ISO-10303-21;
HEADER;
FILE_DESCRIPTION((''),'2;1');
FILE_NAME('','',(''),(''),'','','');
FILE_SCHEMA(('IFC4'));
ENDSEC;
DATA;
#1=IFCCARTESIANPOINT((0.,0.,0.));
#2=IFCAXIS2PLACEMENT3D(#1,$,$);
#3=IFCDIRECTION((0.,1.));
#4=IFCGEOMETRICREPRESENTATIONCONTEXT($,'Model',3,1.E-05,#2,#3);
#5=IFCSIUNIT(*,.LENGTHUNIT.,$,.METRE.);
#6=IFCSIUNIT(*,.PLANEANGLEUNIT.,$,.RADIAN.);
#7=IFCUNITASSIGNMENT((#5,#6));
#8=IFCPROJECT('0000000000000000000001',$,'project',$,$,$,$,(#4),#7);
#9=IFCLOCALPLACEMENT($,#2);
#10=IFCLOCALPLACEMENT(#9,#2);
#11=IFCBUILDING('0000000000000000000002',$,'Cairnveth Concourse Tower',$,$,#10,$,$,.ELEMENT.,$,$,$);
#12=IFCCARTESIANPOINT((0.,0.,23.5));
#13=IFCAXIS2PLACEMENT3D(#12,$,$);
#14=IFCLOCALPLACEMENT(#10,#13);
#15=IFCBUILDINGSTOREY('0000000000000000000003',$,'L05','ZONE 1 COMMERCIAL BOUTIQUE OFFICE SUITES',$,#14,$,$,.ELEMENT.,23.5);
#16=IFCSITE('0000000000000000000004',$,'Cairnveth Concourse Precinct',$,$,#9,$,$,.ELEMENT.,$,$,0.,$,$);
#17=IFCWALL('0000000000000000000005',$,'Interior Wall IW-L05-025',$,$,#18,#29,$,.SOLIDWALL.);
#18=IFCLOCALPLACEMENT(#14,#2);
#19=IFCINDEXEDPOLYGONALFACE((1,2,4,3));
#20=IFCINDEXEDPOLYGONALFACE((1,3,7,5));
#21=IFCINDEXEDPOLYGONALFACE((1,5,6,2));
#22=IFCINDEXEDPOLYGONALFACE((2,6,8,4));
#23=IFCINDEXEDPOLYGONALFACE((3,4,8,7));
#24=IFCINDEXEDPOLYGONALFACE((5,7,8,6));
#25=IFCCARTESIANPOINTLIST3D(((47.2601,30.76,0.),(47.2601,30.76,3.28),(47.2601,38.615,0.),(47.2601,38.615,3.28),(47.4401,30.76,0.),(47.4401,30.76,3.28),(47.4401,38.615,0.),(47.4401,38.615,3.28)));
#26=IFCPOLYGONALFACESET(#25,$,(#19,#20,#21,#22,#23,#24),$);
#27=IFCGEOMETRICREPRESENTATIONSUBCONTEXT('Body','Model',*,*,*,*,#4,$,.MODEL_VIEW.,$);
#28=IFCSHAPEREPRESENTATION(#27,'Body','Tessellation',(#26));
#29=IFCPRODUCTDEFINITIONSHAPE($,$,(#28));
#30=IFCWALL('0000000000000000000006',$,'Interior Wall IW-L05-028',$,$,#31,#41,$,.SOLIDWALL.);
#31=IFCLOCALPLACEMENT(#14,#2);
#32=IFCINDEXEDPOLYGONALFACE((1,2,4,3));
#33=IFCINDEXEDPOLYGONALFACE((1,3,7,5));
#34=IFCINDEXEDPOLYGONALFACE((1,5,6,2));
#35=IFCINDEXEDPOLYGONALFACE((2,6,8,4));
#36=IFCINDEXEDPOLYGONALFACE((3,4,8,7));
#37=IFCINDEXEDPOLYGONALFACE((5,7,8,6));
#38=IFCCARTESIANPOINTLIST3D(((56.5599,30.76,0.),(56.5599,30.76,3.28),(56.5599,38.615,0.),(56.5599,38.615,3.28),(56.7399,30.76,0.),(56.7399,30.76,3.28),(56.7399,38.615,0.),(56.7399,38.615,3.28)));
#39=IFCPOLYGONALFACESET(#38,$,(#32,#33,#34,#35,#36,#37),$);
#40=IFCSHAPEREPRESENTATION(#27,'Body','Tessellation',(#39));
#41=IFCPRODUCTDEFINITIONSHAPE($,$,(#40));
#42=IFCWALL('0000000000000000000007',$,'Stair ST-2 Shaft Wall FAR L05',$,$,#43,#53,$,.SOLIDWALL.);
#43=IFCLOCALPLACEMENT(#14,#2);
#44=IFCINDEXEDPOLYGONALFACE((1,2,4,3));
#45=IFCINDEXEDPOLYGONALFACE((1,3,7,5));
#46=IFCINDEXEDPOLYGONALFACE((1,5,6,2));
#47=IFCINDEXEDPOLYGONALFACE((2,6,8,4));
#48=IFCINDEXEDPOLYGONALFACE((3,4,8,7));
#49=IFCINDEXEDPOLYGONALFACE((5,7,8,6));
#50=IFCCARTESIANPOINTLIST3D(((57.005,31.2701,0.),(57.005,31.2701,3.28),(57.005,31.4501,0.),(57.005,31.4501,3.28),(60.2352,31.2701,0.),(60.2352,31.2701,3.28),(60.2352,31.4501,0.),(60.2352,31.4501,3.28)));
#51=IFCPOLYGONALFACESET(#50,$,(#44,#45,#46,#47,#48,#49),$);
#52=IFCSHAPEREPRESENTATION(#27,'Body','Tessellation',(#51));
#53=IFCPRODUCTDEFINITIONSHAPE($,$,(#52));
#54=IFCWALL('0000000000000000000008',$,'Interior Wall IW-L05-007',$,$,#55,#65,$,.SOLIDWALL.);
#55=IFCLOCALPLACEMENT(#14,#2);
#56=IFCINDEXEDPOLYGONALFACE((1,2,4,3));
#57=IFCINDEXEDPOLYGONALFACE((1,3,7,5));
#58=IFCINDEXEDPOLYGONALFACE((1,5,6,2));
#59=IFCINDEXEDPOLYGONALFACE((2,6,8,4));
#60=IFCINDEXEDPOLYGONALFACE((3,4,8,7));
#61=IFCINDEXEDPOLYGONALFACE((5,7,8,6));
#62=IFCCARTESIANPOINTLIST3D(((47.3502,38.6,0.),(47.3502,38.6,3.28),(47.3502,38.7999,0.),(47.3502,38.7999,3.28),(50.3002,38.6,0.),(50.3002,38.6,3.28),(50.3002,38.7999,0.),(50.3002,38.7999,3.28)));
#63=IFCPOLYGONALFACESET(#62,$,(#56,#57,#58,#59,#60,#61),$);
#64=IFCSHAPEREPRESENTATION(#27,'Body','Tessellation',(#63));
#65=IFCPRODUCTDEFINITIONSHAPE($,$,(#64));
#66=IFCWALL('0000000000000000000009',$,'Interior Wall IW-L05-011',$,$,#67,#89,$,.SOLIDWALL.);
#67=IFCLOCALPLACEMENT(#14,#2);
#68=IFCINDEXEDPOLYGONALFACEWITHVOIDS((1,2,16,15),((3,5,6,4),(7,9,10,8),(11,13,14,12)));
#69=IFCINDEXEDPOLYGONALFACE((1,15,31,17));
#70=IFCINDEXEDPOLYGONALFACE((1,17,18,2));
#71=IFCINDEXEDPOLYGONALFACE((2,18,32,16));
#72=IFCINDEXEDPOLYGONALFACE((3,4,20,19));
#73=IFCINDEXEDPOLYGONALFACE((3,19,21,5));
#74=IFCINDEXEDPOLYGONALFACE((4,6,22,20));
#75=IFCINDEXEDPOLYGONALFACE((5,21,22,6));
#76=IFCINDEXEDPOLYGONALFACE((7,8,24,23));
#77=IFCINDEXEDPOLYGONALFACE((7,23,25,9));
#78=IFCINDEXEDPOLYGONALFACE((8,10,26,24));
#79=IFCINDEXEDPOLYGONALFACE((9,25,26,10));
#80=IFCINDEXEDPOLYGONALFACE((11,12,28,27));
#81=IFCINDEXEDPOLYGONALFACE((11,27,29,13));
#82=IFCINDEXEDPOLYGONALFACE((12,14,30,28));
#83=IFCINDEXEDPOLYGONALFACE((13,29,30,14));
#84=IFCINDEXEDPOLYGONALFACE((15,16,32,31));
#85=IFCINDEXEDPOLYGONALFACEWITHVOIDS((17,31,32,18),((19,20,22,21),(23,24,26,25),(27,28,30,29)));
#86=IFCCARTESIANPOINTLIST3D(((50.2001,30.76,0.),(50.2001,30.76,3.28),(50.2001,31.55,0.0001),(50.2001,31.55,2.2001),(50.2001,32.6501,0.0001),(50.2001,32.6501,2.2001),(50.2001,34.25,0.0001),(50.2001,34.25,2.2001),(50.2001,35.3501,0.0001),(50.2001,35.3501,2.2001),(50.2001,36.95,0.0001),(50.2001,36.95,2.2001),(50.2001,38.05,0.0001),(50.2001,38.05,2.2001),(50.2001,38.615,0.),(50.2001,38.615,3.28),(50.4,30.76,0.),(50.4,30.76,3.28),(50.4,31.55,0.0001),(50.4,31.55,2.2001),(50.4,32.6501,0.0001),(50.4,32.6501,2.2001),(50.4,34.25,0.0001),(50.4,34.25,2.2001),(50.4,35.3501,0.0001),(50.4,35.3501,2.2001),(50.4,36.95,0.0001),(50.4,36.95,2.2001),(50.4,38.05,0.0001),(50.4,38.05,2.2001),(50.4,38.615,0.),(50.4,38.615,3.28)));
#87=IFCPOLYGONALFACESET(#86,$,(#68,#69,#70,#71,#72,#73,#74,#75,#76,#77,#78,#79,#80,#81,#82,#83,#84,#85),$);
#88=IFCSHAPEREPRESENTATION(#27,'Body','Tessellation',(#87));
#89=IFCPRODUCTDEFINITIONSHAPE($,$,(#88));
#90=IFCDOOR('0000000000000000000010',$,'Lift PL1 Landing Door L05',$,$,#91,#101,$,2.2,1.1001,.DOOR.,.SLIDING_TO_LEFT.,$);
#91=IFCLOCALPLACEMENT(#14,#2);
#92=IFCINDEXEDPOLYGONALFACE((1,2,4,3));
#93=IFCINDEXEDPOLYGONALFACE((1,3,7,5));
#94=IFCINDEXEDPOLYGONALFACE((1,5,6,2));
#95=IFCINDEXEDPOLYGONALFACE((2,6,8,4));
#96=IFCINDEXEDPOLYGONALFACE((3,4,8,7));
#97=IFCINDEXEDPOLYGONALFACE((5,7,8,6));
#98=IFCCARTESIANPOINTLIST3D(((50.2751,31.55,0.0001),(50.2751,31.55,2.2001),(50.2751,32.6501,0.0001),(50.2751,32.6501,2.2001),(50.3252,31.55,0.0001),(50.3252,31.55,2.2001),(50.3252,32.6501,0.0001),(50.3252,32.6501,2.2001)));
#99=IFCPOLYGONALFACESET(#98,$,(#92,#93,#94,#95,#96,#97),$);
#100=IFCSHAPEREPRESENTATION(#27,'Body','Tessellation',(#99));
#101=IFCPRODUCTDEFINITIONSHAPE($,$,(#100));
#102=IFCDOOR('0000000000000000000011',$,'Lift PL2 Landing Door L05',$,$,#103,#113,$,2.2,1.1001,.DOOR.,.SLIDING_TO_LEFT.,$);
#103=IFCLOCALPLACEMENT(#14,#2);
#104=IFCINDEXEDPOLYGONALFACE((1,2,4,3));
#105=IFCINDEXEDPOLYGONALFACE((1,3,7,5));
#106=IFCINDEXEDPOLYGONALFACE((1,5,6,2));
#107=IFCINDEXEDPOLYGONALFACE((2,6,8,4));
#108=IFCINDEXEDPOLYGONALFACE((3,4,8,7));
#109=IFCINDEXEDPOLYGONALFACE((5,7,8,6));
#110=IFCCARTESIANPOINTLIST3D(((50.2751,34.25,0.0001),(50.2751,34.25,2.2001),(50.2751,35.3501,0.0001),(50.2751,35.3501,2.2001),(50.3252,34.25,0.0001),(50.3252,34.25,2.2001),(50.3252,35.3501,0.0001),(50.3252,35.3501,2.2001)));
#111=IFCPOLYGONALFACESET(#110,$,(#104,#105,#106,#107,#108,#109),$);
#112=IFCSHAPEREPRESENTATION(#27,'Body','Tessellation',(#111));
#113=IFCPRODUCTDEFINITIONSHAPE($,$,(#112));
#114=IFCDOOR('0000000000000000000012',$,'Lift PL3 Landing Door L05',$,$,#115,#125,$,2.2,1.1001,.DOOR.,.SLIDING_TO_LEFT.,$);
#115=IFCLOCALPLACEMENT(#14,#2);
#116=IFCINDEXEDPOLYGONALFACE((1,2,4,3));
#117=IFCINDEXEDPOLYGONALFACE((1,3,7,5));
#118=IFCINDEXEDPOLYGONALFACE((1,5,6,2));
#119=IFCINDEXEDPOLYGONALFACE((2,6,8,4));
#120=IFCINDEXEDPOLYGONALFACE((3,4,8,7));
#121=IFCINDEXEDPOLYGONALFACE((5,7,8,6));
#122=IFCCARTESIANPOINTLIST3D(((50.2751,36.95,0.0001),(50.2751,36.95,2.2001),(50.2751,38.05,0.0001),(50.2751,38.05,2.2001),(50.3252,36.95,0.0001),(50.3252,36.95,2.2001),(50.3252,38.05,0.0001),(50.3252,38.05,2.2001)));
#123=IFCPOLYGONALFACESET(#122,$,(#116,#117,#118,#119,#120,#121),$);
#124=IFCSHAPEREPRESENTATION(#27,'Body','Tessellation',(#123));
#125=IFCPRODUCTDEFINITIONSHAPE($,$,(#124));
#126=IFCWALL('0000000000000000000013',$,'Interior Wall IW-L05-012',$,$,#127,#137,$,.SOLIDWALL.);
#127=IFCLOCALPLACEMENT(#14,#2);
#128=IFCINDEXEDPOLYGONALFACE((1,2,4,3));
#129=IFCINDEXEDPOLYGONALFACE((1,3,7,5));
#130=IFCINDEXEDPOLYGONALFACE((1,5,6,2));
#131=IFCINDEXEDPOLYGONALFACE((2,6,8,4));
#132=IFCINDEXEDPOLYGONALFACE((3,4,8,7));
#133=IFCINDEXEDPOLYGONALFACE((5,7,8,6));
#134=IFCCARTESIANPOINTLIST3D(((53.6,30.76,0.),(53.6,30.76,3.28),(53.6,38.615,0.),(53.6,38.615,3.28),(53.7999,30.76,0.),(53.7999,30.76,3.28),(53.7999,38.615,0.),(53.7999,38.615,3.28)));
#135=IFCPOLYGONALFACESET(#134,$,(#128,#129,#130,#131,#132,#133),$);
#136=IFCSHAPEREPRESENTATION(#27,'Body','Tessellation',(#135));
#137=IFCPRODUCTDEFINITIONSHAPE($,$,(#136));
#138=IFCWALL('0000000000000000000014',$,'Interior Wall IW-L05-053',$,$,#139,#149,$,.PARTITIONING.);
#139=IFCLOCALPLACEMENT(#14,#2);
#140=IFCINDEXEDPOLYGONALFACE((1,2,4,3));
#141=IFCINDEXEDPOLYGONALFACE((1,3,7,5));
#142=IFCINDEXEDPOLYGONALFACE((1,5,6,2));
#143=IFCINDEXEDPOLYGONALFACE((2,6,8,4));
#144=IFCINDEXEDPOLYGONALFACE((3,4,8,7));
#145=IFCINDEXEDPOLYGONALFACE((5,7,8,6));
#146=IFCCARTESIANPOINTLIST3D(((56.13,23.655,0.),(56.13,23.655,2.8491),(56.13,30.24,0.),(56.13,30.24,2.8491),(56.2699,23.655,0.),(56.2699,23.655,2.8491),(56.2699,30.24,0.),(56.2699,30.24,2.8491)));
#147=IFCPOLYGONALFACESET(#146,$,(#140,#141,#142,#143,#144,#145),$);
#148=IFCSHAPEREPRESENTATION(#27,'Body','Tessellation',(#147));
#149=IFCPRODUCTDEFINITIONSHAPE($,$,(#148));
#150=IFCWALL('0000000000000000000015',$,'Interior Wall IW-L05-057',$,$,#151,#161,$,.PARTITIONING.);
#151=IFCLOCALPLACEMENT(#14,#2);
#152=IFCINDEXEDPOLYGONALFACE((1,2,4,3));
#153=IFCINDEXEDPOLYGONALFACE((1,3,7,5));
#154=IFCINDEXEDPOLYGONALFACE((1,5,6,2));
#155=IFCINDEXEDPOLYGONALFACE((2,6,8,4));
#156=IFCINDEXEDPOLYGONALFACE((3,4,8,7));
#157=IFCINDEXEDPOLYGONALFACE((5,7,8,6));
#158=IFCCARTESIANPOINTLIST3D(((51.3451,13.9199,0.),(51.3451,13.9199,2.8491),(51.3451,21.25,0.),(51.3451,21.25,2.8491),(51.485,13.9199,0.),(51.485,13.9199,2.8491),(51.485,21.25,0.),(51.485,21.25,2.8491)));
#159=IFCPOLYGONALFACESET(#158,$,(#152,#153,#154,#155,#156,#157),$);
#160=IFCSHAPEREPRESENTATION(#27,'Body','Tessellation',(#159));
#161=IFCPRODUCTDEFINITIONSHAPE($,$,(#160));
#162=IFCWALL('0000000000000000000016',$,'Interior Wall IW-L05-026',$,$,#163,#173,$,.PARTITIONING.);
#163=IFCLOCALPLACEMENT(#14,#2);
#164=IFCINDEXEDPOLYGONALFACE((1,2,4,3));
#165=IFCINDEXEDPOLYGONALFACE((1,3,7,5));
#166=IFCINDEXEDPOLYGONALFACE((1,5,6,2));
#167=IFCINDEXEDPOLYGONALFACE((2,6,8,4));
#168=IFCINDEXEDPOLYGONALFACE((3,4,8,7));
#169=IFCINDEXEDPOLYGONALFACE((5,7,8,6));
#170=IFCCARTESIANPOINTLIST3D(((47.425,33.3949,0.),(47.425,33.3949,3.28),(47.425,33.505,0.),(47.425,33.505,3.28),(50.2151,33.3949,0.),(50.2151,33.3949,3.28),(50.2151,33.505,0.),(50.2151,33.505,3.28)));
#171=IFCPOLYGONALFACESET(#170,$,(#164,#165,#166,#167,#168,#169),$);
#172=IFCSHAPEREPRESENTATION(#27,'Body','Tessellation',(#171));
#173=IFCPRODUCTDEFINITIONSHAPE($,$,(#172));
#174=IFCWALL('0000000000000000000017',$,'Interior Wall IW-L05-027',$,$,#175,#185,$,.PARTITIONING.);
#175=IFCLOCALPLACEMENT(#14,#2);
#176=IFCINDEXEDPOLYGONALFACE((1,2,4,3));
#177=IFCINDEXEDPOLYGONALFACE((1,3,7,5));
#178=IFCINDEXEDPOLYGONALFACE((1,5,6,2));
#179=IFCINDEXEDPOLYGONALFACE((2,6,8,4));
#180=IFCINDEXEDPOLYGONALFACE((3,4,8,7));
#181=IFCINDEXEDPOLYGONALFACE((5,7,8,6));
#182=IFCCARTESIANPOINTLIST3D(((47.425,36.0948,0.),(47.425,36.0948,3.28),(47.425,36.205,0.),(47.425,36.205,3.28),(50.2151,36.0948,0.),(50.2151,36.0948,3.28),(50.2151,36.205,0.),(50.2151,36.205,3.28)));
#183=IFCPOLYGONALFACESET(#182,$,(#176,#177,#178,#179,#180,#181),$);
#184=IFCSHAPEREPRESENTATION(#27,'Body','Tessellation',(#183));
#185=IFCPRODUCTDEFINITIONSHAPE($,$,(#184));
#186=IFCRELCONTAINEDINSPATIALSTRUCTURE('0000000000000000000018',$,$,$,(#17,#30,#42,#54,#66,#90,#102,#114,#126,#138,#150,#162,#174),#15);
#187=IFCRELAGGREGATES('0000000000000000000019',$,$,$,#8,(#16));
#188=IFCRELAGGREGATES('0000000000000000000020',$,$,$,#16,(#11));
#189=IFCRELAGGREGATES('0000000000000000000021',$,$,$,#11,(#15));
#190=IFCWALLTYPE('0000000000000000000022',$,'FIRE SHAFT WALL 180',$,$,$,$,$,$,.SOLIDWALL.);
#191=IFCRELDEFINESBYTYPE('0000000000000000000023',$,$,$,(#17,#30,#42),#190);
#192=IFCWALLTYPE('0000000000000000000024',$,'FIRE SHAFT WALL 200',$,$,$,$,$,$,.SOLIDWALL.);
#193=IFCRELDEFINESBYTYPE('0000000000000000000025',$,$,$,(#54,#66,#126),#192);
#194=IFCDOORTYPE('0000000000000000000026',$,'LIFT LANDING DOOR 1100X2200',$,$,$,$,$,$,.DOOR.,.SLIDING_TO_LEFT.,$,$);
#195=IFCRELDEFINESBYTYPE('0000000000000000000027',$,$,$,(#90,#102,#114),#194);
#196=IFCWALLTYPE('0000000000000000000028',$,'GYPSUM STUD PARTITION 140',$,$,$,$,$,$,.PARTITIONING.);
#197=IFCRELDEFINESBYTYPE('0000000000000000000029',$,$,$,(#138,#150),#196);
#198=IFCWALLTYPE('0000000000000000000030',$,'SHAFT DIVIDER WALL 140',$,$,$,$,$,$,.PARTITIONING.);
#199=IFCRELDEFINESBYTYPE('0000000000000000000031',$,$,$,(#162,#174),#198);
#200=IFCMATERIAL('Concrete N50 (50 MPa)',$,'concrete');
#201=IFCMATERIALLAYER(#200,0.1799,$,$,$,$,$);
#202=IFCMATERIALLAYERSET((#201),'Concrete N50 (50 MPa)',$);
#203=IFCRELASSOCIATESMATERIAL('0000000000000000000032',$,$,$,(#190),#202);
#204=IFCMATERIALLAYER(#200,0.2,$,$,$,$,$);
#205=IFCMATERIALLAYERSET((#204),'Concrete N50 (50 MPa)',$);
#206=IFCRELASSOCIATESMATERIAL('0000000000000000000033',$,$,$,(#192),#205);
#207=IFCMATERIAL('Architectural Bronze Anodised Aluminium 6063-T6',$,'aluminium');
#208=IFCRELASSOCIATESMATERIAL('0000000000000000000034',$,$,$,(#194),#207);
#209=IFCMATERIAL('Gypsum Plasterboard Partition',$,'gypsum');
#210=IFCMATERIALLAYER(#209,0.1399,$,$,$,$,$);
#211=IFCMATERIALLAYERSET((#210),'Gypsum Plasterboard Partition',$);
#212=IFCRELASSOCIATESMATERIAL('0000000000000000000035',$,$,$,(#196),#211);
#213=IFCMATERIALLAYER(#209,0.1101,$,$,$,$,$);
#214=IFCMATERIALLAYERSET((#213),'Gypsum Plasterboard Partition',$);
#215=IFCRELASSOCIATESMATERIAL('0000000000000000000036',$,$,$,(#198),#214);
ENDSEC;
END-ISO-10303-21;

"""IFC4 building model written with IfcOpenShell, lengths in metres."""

from ifc_helpers import new_model, si_unit, direction, frame, frame_2d, origin, place, context, subcontext, project, spatial, rectangle, extrude, material, layer, layer_set, type_object, element, fill, save


model = new_model("IFC4")

# Units and contexts
model_context = context("Model", 3, precision=1e-05, world=origin(), true_north=direction((0.0, 1.0)))
body_context = subcontext(model_context, "Body", "Model", "MODEL_VIEW")
ifc_project = project(units=[si_unit("LENGTHUNIT", "METRE"), si_unit("PLANEANGLEUNIT", "RADIAN")], contexts=[model_context])

# Site, building, storey
site_placement = place(None, origin())
site = spatial("IfcSite", under=ifc_project, at=site_placement, Name="Cairnveth Concourse Precinct", CompositionType="ELEMENT", RefElevation=0.0)
building_placement = place(site_placement, origin())
building = spatial("IfcBuilding", under=site, at=building_placement, Name="Cairnveth Concourse Tower", CompositionType="ELEMENT")
storey_placement = place(building_placement, frame((0.0, 0.0, 23.5)))
storey = spatial("IfcBuildingStorey", under=building, at=storey_placement, Name="L05", Description="ZONE 1 COMMERCIAL BOUTIQUE OFFICE SUITES", CompositionType="ELEMENT", Elevation=23.5)

# Walls
ifc_material_1 = material(Name="Concrete N50 (50 MPa)", Category="concrete")
ifc_layer_1 = layer(ifc_material_1, 0.1799)
ifc_layer_set_1 = layer_set([ifc_layer_1], Name="Concrete N50 (50 MPa)")
wall_type_1 = type_object("IfcWallType", Name="FIRE SHAFT WALL 180", PredefinedType="SOLIDWALL", material=ifc_layer_set_1)
for number, where, z_axis, x_axis, name in (
    (1, (47.3501, 30.76, 0.0), (0.0, 0.0, 1.0), (0.0, 1.0, 0.0), "Interior Wall IW-L05-025"),
    (2, (56.6499, 30.76, 0.0), (0.0, 0.0, 1.0), (0.0, 1.0, 0.0), "Interior Wall IW-L05-028"),
):
    element("IfcWall", number, at=place(storey_placement, frame(where, z_axis=z_axis, x_axis=x_axis)), inside=storey, type_object=wall_type_1, Name=name, PredefinedType="SOLIDWALL", context=body_context, shape_type="SweptSolid", body=[
        extrude(rectangle(XDim=7.855, YDim=0.1799, at=frame_2d((3.9275, 0.0))), origin(), (0.0, 0.0, 1.0), 3.28),
    ])

# Walls
wall_1_placement = place(storey_placement, frame((57.0049, 31.3601, 0.0), z_axis=(0.0, 0.0, 1.0), x_axis=(1.0, 0.0, 0.0)))
element("IfcWall", 3, at=wall_1_placement, inside=storey, type_object=wall_type_1, Name="Stair ST-2 Shaft Wall FAR L05", PredefinedType="SOLIDWALL", context=body_context, shape_type="SweptSolid", body=[
    extrude(rectangle(XDim=3.2302, YDim=0.1799, at=frame_2d((1.6152, 0.0))), origin(), (0.0, 0.0, 1.0), 3.28),
])
ifc_layer_2 = layer(ifc_material_1, 0.2)
ifc_layer_set_2 = layer_set([ifc_layer_2], Name="Concrete N50 (50 MPa)")
wall_type_2 = type_object("IfcWallType", Name="FIRE SHAFT WALL 200", PredefinedType="SOLIDWALL", material=ifc_layer_set_2)
wall_2_placement = place(storey_placement, frame((47.3501, 38.7, 0.0), z_axis=(0.0, 0.0, 1.0), x_axis=(1.0, 0.0, 0.0)))
element("IfcWall", 4, at=wall_2_placement, inside=storey, type_object=wall_type_2, Name="Interior Wall IW-L05-007", PredefinedType="SOLIDWALL", context=body_context, shape_type="SweptSolid", body=[
    extrude(rectangle(XDim=2.95, YDim=0.2, at=frame_2d((1.4751, 0.0))), origin(), (0.0, 0.0, 1.0), 3.28),
])

# Wall, openings, doors
wall_3_placement = place(storey_placement, frame((50.3, 30.76, 0.0), z_axis=(0.0, 0.0, 1.0), x_axis=(0.0, 1.0, 0.0)))
wall_3 = element("IfcWall", 5, at=wall_3_placement, inside=storey, type_object=wall_type_2, Name="Interior Wall IW-L05-011", PredefinedType="SOLIDWALL", context=body_context, shape_type="SweptSolid", body=[
    extrude(rectangle(XDim=7.855, YDim=0.2, at=frame_2d((3.9275, 0.0))), origin(), (0.0, 0.0, 1.0), 3.28),
])
opening_1_placement = place(wall_3_placement, frame((0.79, 0.0, 0.0)))
opening_1 = element("IfcOpeningElement", 6, at=opening_1_placement, cuts=wall_3, PredefinedType="OPENING", context=body_context, shape_type="SweptSolid", body=[
    extrude(rectangle(XDim=1.1001, YDim=2.2, at=frame_2d((0.55, 1.1001))), frame((0.0, 0.1099, 0.0), z_axis=(0.0, -1.0, 0.0), x_axis=(1.0, 0.0, 0.0)), (0.0, 0.0, 1.0), 0.22),
])
opening_2_placement = place(wall_3_placement, frame((3.49, 0.0, 0.0)))
opening_2 = element("IfcOpeningElement", 7, at=opening_2_placement, cuts=wall_3, PredefinedType="OPENING", context=body_context, shape_type="SweptSolid", body=[
    extrude(rectangle(XDim=1.1001, YDim=2.2, at=frame_2d((0.55, 1.1001))), frame((0.0, 0.1099, 0.0), z_axis=(0.0, -1.0, 0.0), x_axis=(1.0, 0.0, 0.0)), (0.0, 0.0, 1.0), 0.22),
])
opening_3_placement = place(wall_3_placement, frame((6.1899, 0.0, 0.0)))
opening_3 = element("IfcOpeningElement", 8, at=opening_3_placement, cuts=wall_3, PredefinedType="OPENING", context=body_context, shape_type="SweptSolid", body=[
    extrude(rectangle(XDim=1.1001, YDim=2.2, at=frame_2d((0.55, 1.1001))), frame((0.0, 0.1099, 0.0), z_axis=(0.0, -1.0, 0.0), x_axis=(1.0, 0.0, 0.0)), (0.0, 0.0, 1.0), 0.22),
])
ifc_material_2 = material(Name="Architectural Bronze Anodised Aluminium 6063-T6", Category="aluminium")
door_type_1 = type_object("IfcDoorType", Name="LIFT LANDING DOOR 1100X2200", OperationType="SLIDING_TO_LEFT", PredefinedType="DOOR", material=ifc_material_2)
door_1_placement = place(opening_1_placement, origin())
door_1 = element("IfcDoor", 9, at=door_1_placement, inside=storey, type_object=door_type_1, Name="Lift PL1 Landing Door L05", OperationType="SLIDING_TO_LEFT", OverallHeight=2.2, OverallWidth=1.1001, PredefinedType="DOOR", context=body_context, shape_type="SweptSolid", body=[
    extrude(rectangle(XDim=1.1001, YDim=2.2, at=frame_2d((0.55, 1.1001))), frame((0.0, 0.0249, 0.0), z_axis=(0.0, -1.0, 0.0), x_axis=(1.0, 0.0, 0.0)), (0.0, 0.0, 1.0), 0.05),
])
fill(opening_1, door_1)
door_2_placement = place(opening_2_placement, origin())
door_2 = element("IfcDoor", 10, at=door_2_placement, inside=storey, type_object=door_type_1, Name="Lift PL2 Landing Door L05", OperationType="SLIDING_TO_LEFT", OverallHeight=2.2, OverallWidth=1.1001, PredefinedType="DOOR", context=body_context, shape_type="SweptSolid", body=[
    extrude(rectangle(XDim=1.1001, YDim=2.2, at=frame_2d((0.55, 1.1001))), frame((0.0, 0.0249, 0.0), z_axis=(0.0, -1.0, 0.0), x_axis=(1.0, 0.0, 0.0)), (0.0, 0.0, 1.0), 0.05),
])
fill(opening_2, door_2)
door_3_placement = place(opening_3_placement, origin())
door_3 = element("IfcDoor", 11, at=door_3_placement, inside=storey, type_object=door_type_1, Name="Lift PL3 Landing Door L05", OperationType="SLIDING_TO_LEFT", OverallHeight=2.2, OverallWidth=1.1001, PredefinedType="DOOR", context=body_context, shape_type="SweptSolid", body=[
    extrude(rectangle(XDim=1.1001, YDim=2.2, at=frame_2d((0.55, 1.1001))), frame((0.0, 0.0249, 0.0), z_axis=(0.0, -1.0, 0.0), x_axis=(1.0, 0.0, 0.0)), (0.0, 0.0, 1.0), 0.05),
])
fill(opening_3, door_3)

# Walls
wall_4_placement = place(storey_placement, frame((53.7, 30.76, 0.0), z_axis=(0.0, 0.0, 1.0), x_axis=(0.0, 1.0, 0.0)))
element("IfcWall", 12, at=wall_4_placement, inside=storey, type_object=wall_type_2, Name="Interior Wall IW-L05-012", PredefinedType="SOLIDWALL", context=body_context, shape_type="SweptSolid", body=[
    extrude(rectangle(XDim=7.855, YDim=0.2, at=frame_2d((3.9275, 0.0))), origin(), (0.0, 0.0, 1.0), 3.28),
])
ifc_material_3 = material(Name="Gypsum Plasterboard Partition", Category="gypsum")
ifc_layer_3 = layer(ifc_material_3, 0.1399)
ifc_layer_set_3 = layer_set([ifc_layer_3], Name="Gypsum Plasterboard Partition")
wall_type_3 = type_object("IfcWallType", Name="GYPSUM STUD PARTITION 140", PredefinedType="PARTITIONING", material=ifc_layer_set_3)
wall_5_placement = place(storey_placement, frame((56.2, 23.655, 0.0), z_axis=(0.0, 0.0, 1.0), x_axis=(0.0, 1.0, 0.0)))
element("IfcWall", 13, at=wall_5_placement, inside=storey, type_object=wall_type_3, Name="Interior Wall IW-L05-053", PredefinedType="PARTITIONING", context=body_context, shape_type="SweptSolid", body=[
    extrude(rectangle(XDim=6.585, YDim=0.1399, at=frame_2d((3.2925, 0.0))), origin(), (0.0, 0.0, 1.0), 2.8491),
])
wall_6_placement = place(storey_placement, frame((51.415, 13.9199, 0.0), z_axis=(0.0, 0.0, 1.0), x_axis=(0.0, 1.0, 0.0)))
element("IfcWall", 14, at=wall_6_placement, inside=storey, type_object=wall_type_3, Name="Interior Wall IW-L05-057", PredefinedType="PARTITIONING", context=body_context, shape_type="SweptSolid", body=[
    extrude(rectangle(XDim=7.3301, YDim=0.1399, at=frame_2d((3.665, 0.0))), origin(), (0.0, 0.0, 1.0), 2.8491),
])
ifc_layer_4 = layer(ifc_material_3, 0.1101)
ifc_layer_set_4 = layer_set([ifc_layer_4], Name="Gypsum Plasterboard Partition")
wall_type_4 = type_object("IfcWallType", Name="SHAFT DIVIDER WALL 140", PredefinedType="PARTITIONING", material=ifc_layer_set_4)
for number, where, z_axis, x_axis, name in (
    (15, (47.425, 33.45, 0.0), (0.0, 0.0, 1.0), (1.0, 0.0, 0.0), "Interior Wall IW-L05-026"),
    (16, (47.425, 36.1499, 0.0), (0.0, 0.0, 1.0), (1.0, 0.0, 0.0), "Interior Wall IW-L05-027"),
):
    element("IfcWall", number, at=place(storey_placement, frame(where, z_axis=z_axis, x_axis=x_axis)), inside=storey, type_object=wall_type_4, Name=name, PredefinedType="PARTITIONING", context=body_context, shape_type="SweptSolid", body=[
        extrude(rectangle(XDim=2.79, YDim=0.1101, at=frame_2d((1.395, 0.0))), origin(), (0.0, 0.0, 1.0), 3.28),
    ])

save(model, "model.ifc")
